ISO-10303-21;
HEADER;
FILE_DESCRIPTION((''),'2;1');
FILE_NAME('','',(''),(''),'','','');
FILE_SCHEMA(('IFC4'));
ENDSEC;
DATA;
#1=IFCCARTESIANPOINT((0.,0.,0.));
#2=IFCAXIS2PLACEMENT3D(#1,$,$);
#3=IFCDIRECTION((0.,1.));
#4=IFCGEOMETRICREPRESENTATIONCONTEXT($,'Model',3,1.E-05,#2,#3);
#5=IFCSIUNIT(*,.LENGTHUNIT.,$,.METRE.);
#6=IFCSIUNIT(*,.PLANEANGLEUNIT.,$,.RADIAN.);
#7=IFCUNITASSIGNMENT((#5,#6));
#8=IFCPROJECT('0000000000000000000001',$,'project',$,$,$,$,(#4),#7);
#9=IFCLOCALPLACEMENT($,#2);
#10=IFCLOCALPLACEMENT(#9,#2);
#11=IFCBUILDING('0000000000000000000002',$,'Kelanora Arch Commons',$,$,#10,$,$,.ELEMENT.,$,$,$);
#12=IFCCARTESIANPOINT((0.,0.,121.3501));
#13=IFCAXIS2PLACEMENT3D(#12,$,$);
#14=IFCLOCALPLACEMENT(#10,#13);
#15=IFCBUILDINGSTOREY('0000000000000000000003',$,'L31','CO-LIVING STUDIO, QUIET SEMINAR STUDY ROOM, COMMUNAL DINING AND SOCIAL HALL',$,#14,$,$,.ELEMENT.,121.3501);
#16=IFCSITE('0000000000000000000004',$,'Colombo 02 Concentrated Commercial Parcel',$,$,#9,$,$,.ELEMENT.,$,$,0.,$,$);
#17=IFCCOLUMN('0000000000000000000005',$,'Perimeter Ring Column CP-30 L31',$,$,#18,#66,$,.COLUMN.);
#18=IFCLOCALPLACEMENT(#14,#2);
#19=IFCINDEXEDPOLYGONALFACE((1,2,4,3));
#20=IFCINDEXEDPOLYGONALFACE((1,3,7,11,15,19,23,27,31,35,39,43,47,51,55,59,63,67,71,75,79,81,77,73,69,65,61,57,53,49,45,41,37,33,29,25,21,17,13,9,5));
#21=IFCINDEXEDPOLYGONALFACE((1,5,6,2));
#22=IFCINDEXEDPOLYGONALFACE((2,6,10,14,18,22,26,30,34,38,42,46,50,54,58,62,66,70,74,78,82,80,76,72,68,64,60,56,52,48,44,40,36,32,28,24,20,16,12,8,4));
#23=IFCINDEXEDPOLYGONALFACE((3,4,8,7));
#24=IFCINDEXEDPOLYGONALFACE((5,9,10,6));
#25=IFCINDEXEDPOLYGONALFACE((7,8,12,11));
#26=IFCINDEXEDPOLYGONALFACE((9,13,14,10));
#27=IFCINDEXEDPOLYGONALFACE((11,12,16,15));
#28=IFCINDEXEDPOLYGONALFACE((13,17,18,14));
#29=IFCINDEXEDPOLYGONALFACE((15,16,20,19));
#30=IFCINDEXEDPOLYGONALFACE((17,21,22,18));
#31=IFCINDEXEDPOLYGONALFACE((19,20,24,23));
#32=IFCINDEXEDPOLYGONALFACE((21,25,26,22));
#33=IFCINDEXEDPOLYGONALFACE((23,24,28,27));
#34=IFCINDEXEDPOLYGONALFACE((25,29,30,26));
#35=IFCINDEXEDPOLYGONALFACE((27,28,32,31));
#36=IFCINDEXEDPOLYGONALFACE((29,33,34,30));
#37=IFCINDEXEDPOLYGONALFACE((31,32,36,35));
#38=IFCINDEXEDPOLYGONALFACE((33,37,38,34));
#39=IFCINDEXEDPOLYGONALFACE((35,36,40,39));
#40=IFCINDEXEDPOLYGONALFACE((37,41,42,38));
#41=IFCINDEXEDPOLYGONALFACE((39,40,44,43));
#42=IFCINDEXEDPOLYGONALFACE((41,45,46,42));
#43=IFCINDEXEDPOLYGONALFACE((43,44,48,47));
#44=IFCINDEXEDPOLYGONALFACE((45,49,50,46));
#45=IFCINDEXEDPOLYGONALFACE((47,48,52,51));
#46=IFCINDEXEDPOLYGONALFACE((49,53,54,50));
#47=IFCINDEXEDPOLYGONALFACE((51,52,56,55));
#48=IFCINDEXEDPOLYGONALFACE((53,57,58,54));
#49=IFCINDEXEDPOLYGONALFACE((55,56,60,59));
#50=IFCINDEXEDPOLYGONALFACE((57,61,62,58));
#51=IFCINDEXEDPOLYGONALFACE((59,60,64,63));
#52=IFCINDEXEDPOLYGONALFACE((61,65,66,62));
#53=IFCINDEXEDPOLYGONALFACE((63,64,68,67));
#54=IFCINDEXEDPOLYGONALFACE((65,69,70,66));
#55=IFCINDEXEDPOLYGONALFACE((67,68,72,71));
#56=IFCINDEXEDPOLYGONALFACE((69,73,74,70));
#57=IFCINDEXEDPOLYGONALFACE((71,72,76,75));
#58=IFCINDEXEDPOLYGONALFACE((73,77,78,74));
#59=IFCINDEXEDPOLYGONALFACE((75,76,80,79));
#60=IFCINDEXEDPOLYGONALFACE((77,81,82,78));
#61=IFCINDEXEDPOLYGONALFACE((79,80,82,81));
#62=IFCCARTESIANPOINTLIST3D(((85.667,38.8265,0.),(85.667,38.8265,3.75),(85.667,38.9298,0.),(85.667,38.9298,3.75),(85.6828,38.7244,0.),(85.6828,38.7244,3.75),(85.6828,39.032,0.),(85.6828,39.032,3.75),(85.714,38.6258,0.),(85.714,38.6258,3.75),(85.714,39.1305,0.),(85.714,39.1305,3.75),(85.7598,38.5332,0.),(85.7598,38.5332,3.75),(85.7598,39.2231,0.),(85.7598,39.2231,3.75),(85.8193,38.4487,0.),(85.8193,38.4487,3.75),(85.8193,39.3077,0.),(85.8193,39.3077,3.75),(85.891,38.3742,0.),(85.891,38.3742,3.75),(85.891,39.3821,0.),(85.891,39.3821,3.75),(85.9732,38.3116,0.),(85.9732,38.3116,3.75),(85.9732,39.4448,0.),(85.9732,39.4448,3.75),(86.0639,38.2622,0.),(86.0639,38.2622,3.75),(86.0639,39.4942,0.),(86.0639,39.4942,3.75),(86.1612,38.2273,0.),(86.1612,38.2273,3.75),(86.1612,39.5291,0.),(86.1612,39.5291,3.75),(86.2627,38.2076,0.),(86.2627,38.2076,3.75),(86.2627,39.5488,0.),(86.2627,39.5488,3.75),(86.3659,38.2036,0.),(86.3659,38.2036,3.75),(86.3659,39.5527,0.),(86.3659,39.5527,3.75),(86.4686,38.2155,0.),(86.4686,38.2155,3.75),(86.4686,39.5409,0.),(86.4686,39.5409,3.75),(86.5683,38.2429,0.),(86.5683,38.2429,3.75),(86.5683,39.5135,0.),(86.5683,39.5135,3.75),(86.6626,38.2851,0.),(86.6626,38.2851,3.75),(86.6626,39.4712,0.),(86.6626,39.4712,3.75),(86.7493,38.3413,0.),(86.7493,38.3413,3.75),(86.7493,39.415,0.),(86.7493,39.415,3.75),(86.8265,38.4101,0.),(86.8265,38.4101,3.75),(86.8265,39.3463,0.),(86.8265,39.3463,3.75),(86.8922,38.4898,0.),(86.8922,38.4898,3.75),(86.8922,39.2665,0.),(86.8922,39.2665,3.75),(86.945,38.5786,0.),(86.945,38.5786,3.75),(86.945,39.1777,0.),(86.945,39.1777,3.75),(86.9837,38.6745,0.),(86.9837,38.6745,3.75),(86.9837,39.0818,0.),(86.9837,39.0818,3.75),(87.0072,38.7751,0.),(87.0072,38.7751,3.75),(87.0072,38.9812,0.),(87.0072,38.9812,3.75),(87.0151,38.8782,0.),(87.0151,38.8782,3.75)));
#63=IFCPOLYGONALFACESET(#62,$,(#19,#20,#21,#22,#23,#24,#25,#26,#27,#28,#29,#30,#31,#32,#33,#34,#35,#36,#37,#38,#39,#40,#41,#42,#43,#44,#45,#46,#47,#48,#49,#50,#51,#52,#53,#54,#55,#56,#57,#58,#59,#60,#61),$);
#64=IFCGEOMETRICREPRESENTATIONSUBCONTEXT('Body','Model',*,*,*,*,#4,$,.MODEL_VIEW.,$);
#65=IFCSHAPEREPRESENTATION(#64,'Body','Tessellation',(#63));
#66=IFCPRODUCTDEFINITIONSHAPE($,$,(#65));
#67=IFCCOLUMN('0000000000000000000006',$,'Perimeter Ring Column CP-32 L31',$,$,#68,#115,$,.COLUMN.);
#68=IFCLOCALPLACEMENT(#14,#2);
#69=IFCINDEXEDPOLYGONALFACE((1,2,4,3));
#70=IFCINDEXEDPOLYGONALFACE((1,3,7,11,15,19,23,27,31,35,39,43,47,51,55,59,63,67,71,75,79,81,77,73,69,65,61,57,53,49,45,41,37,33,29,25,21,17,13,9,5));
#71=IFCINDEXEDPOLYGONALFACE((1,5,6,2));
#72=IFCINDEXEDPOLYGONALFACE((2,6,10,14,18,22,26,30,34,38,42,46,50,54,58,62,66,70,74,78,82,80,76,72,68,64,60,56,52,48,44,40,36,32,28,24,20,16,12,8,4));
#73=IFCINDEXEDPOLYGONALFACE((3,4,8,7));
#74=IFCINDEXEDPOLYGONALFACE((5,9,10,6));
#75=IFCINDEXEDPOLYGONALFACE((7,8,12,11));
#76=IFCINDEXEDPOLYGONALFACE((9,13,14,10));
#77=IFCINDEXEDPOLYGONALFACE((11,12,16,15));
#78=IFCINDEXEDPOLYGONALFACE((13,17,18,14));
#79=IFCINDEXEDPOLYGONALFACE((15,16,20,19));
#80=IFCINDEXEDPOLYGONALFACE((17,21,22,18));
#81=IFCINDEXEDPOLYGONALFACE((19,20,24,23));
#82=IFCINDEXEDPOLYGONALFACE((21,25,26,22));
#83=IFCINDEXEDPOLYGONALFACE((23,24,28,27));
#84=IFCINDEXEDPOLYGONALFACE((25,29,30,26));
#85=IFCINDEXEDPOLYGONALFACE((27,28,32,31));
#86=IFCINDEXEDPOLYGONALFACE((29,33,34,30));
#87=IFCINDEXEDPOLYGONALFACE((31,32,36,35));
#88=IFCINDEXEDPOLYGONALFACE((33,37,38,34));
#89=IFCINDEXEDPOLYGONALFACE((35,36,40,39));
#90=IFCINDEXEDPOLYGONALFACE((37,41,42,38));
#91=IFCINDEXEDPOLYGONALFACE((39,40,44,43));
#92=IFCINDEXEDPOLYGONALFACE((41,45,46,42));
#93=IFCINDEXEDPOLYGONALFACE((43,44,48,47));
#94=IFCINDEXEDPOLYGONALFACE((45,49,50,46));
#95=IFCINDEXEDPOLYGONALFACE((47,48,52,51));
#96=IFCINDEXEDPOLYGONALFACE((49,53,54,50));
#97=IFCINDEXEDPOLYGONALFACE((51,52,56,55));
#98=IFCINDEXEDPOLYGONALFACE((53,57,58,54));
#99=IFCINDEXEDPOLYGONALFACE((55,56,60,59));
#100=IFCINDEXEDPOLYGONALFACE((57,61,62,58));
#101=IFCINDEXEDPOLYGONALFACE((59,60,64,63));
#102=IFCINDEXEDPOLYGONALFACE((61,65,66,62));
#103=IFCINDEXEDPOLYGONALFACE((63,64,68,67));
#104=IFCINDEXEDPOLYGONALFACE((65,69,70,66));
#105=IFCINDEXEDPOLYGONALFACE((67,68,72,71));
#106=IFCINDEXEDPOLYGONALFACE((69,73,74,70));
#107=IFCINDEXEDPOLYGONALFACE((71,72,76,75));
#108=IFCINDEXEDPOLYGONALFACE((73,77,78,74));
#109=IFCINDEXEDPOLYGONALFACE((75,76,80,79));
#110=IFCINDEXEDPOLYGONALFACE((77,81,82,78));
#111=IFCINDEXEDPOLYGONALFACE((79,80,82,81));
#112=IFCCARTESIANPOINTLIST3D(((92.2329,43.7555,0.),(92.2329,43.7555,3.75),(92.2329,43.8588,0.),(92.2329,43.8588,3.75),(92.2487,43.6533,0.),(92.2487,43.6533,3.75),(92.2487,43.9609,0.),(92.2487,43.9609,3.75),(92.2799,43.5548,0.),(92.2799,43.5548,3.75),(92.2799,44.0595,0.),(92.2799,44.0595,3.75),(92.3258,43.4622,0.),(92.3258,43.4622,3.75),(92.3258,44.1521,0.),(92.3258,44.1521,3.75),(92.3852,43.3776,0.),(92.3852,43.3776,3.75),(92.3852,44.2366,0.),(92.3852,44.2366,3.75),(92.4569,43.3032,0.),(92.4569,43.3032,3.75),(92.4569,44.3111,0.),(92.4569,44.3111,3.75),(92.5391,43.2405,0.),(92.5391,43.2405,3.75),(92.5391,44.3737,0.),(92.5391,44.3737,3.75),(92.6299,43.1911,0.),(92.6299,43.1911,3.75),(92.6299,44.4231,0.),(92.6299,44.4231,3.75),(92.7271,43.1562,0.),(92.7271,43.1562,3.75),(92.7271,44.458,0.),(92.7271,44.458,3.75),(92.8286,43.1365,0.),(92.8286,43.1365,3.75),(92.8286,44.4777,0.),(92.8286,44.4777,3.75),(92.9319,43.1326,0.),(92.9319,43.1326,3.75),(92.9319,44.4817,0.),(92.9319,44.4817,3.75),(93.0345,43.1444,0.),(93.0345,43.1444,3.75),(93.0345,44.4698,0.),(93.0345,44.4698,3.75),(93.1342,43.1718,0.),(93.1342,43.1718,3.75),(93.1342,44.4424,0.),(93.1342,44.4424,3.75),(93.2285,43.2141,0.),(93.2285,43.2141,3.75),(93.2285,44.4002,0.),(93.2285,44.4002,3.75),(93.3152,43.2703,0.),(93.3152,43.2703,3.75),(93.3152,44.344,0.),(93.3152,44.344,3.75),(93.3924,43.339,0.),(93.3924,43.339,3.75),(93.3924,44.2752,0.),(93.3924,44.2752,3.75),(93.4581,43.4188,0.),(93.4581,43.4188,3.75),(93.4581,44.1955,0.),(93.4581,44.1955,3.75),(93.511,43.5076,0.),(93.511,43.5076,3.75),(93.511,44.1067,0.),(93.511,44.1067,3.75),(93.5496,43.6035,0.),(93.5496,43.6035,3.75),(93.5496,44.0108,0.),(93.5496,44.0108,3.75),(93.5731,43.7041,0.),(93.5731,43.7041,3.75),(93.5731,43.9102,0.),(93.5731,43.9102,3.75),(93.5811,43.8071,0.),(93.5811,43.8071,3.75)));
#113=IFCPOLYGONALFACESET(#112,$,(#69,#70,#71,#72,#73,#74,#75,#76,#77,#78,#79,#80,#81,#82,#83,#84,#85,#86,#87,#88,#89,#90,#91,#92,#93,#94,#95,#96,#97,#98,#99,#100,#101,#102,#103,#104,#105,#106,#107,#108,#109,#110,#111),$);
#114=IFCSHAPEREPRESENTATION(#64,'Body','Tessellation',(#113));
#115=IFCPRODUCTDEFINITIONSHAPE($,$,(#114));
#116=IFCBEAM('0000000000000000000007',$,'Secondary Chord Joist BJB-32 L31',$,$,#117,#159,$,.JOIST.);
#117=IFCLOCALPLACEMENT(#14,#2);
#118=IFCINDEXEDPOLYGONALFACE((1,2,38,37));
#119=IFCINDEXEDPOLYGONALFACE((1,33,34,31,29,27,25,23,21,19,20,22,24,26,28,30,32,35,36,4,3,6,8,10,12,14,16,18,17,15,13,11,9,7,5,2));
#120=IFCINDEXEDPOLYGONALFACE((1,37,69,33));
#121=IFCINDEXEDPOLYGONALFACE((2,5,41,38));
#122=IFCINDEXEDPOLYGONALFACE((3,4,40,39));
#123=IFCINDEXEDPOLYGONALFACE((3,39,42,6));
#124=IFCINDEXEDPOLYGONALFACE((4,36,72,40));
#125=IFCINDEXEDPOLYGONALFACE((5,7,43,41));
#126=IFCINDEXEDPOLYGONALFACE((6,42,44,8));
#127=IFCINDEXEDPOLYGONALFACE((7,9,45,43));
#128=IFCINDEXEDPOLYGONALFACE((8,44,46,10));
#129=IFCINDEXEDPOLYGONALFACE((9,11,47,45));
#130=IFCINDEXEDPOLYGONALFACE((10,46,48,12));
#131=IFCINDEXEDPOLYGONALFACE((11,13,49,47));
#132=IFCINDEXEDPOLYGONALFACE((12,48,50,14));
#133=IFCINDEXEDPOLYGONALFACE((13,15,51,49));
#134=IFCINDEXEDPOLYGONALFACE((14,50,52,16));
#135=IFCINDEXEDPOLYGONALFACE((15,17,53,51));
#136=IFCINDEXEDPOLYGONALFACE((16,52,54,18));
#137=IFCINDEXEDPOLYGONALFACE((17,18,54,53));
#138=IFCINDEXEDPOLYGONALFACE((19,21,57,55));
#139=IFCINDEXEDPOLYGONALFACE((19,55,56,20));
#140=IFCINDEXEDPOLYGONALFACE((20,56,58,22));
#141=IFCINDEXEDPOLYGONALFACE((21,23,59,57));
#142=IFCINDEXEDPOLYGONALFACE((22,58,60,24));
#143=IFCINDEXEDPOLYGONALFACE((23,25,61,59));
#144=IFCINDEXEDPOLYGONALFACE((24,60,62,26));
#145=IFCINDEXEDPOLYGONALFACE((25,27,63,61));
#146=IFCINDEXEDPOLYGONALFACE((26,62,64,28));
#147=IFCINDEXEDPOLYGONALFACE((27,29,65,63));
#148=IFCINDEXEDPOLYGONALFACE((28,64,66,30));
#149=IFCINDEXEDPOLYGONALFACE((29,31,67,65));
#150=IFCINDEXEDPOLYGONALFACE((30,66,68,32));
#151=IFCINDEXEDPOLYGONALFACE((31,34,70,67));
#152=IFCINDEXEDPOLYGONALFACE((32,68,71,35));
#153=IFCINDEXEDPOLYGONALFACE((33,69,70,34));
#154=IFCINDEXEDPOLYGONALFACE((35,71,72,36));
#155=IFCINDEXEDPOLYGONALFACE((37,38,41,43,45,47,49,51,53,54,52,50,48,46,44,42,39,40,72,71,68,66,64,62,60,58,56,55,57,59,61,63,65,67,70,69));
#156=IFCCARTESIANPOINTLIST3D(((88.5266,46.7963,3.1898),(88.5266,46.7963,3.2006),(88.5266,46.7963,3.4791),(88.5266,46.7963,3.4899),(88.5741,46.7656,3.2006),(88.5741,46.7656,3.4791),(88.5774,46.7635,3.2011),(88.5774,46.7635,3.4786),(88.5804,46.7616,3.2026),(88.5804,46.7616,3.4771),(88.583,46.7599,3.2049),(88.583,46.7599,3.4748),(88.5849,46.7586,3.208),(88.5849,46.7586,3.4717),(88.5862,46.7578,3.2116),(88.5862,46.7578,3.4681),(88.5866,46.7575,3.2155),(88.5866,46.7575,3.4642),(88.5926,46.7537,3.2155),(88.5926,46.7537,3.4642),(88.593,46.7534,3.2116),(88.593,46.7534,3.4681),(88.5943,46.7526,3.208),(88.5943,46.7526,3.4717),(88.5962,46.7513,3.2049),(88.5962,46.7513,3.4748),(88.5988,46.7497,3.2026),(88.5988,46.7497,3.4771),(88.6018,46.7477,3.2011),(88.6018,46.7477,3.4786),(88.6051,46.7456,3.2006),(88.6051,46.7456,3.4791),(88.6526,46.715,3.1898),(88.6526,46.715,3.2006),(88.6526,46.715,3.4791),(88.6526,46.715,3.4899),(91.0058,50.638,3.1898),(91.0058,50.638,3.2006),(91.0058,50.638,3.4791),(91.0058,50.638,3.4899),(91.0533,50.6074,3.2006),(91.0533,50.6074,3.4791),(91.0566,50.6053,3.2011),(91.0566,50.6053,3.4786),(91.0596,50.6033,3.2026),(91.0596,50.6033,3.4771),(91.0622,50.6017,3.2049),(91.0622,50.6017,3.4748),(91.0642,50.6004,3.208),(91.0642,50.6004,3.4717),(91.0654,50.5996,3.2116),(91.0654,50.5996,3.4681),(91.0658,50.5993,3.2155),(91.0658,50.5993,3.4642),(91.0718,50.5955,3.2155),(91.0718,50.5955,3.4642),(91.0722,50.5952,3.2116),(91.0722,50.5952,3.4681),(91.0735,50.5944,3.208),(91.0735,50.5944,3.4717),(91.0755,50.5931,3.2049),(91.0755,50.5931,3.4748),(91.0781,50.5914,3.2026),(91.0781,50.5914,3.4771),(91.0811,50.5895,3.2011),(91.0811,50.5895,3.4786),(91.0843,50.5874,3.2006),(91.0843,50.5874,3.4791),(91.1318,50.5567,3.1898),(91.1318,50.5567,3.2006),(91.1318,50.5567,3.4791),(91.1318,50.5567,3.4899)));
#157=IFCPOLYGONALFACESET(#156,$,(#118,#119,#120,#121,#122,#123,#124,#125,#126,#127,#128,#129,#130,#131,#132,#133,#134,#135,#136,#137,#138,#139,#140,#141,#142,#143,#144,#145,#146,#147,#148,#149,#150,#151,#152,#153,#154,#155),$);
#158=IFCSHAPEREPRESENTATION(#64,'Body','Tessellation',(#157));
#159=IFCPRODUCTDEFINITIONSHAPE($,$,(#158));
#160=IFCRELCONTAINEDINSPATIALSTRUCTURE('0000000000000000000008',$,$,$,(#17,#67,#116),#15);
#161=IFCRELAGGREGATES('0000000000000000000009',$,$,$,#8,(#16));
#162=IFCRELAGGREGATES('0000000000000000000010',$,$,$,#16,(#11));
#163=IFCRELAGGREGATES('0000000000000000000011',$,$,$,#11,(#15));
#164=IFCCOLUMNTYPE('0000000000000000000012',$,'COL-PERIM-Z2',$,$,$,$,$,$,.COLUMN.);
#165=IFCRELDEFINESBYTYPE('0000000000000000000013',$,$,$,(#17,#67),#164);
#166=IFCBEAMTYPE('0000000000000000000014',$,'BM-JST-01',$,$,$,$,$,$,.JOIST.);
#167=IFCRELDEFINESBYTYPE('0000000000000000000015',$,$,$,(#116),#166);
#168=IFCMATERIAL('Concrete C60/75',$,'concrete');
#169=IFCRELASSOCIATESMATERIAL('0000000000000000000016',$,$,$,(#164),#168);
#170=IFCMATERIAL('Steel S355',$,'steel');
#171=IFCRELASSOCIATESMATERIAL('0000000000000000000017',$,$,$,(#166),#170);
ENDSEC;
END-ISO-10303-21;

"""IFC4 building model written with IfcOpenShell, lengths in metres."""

from ifc_helpers import new_model, si_unit, direction, frame, origin, origin_2d, place, context, subcontext, project, spatial, circle, i_section, extrude, material, material_profile, profile_set, type_object, element, save


model = new_model("IFC4")

# Units and contexts
model_context = context("Model", 3, precision=1e-05, world=origin(), true_north=direction((0.0, 1.0)))
body_context = subcontext(model_context, "Body", "Model", "MODEL_VIEW")
ifc_project = project(units=[si_unit("LENGTHUNIT", "METRE"), si_unit("PLANEANGLEUNIT", "RADIAN")], contexts=[model_context])

# Site, building, storey
site_placement = place(None, origin())
site = spatial("IfcSite", under=ifc_project, at=site_placement, Name="Colombo 02 Concentrated Commercial Parcel", CompositionType="ELEMENT", RefElevation=0.0)
building_placement = place(site_placement, origin())
building = spatial("IfcBuilding", under=site, at=building_placement, Name="Kelanora Arch Commons", CompositionType="ELEMENT")
storey_placement = place(building_placement, frame((0.0, 0.0, 121.3501)))
storey = spatial("IfcBuildingStorey", under=building, at=storey_placement, Name="L31", Description="CO-LIVING STUDIO, QUIET SEMINAR STUDY ROOM, COMMUNAL DINING AND SOCIAL HALL", CompositionType="ELEMENT", Elevation=121.3501)

# Columns
ifc_material_1 = material(Name="Concrete C60/75", Category="concrete")
ifc_material_profile_1 = material_profile(ifc_material_1, circle(Radius=0.675, at=origin_2d()), Name="RCC1350")
ifc_profile_set_1 = profile_set([ifc_material_profile_1], Name="Concrete C60/75")
column_type = type_object("IfcColumnType", Name="COL-PERIM-Z2", PredefinedType="COLUMN", material=ifc_profile_set_1)
for number, where, z_axis, x_axis, name in (
    (1, (86.3401, 38.8782, 0.0), (0.0, 0.0, 1.0), (1.0, 0.0, 0.0), "Perimeter Ring Column CP-30 L31"),
    (2, (92.906, 43.8071, 0.0), (0.0, 0.0, 1.0), (1.0, 0.0, 0.0), "Perimeter Ring Column CP-32 L31"),
):
    element("IfcColumn", number, at=place(storey_placement, frame(where, z_axis=z_axis, x_axis=x_axis)), inside=storey, type_object=column_type, Name=name, PredefinedType="COLUMN", context=body_context, shape_type="SweptSolid", body=[
        extrude(circle(Radius=0.675, at=origin_2d()), origin(), (0.0, 0.0, 1.0), 3.75),
    ])

# Beam
ifc_material_2 = material(Name="Steel S355", Category="steel")
ifc_material_profile_2 = material_profile(ifc_material_2, i_section(OverallWidth=0.1499, OverallDepth=0.3, WebThickness=0.0071, FlangeThickness=0.0107, FilletRadius=0.0149, at=origin_2d()), Name="IPE300")
ifc_profile_set_2 = profile_set([ifc_material_profile_2], Name="Steel S355")
beam_type_1 = type_object("IfcBeamType", Name="BM-JST-01", PredefinedType="JOIST", material=ifc_profile_set_2)
beam_1_placement = place(storey_placement, frame((88.5896, 46.7556, 3.3398), z_axis=(0.54223, 0.84023, 0.0), x_axis=(-0.84023, 0.54223, 0.0)))
element("IfcBeam", 3, at=beam_1_placement, inside=storey, type_object=beam_type_1, Name="Secondary Chord Joist BJB-32 L31", PredefinedType="JOIST", context=body_context, shape_type="SweptSolid", body=[
    extrude(i_section(OverallWidth=0.1499, OverallDepth=0.3, WebThickness=0.0071, FlangeThickness=0.0107, FilletRadius=0.0149, at=origin_2d()), origin(), (0.0, 0.0, 1.0), 4.5723),
])

save(model, "model.ifc")
